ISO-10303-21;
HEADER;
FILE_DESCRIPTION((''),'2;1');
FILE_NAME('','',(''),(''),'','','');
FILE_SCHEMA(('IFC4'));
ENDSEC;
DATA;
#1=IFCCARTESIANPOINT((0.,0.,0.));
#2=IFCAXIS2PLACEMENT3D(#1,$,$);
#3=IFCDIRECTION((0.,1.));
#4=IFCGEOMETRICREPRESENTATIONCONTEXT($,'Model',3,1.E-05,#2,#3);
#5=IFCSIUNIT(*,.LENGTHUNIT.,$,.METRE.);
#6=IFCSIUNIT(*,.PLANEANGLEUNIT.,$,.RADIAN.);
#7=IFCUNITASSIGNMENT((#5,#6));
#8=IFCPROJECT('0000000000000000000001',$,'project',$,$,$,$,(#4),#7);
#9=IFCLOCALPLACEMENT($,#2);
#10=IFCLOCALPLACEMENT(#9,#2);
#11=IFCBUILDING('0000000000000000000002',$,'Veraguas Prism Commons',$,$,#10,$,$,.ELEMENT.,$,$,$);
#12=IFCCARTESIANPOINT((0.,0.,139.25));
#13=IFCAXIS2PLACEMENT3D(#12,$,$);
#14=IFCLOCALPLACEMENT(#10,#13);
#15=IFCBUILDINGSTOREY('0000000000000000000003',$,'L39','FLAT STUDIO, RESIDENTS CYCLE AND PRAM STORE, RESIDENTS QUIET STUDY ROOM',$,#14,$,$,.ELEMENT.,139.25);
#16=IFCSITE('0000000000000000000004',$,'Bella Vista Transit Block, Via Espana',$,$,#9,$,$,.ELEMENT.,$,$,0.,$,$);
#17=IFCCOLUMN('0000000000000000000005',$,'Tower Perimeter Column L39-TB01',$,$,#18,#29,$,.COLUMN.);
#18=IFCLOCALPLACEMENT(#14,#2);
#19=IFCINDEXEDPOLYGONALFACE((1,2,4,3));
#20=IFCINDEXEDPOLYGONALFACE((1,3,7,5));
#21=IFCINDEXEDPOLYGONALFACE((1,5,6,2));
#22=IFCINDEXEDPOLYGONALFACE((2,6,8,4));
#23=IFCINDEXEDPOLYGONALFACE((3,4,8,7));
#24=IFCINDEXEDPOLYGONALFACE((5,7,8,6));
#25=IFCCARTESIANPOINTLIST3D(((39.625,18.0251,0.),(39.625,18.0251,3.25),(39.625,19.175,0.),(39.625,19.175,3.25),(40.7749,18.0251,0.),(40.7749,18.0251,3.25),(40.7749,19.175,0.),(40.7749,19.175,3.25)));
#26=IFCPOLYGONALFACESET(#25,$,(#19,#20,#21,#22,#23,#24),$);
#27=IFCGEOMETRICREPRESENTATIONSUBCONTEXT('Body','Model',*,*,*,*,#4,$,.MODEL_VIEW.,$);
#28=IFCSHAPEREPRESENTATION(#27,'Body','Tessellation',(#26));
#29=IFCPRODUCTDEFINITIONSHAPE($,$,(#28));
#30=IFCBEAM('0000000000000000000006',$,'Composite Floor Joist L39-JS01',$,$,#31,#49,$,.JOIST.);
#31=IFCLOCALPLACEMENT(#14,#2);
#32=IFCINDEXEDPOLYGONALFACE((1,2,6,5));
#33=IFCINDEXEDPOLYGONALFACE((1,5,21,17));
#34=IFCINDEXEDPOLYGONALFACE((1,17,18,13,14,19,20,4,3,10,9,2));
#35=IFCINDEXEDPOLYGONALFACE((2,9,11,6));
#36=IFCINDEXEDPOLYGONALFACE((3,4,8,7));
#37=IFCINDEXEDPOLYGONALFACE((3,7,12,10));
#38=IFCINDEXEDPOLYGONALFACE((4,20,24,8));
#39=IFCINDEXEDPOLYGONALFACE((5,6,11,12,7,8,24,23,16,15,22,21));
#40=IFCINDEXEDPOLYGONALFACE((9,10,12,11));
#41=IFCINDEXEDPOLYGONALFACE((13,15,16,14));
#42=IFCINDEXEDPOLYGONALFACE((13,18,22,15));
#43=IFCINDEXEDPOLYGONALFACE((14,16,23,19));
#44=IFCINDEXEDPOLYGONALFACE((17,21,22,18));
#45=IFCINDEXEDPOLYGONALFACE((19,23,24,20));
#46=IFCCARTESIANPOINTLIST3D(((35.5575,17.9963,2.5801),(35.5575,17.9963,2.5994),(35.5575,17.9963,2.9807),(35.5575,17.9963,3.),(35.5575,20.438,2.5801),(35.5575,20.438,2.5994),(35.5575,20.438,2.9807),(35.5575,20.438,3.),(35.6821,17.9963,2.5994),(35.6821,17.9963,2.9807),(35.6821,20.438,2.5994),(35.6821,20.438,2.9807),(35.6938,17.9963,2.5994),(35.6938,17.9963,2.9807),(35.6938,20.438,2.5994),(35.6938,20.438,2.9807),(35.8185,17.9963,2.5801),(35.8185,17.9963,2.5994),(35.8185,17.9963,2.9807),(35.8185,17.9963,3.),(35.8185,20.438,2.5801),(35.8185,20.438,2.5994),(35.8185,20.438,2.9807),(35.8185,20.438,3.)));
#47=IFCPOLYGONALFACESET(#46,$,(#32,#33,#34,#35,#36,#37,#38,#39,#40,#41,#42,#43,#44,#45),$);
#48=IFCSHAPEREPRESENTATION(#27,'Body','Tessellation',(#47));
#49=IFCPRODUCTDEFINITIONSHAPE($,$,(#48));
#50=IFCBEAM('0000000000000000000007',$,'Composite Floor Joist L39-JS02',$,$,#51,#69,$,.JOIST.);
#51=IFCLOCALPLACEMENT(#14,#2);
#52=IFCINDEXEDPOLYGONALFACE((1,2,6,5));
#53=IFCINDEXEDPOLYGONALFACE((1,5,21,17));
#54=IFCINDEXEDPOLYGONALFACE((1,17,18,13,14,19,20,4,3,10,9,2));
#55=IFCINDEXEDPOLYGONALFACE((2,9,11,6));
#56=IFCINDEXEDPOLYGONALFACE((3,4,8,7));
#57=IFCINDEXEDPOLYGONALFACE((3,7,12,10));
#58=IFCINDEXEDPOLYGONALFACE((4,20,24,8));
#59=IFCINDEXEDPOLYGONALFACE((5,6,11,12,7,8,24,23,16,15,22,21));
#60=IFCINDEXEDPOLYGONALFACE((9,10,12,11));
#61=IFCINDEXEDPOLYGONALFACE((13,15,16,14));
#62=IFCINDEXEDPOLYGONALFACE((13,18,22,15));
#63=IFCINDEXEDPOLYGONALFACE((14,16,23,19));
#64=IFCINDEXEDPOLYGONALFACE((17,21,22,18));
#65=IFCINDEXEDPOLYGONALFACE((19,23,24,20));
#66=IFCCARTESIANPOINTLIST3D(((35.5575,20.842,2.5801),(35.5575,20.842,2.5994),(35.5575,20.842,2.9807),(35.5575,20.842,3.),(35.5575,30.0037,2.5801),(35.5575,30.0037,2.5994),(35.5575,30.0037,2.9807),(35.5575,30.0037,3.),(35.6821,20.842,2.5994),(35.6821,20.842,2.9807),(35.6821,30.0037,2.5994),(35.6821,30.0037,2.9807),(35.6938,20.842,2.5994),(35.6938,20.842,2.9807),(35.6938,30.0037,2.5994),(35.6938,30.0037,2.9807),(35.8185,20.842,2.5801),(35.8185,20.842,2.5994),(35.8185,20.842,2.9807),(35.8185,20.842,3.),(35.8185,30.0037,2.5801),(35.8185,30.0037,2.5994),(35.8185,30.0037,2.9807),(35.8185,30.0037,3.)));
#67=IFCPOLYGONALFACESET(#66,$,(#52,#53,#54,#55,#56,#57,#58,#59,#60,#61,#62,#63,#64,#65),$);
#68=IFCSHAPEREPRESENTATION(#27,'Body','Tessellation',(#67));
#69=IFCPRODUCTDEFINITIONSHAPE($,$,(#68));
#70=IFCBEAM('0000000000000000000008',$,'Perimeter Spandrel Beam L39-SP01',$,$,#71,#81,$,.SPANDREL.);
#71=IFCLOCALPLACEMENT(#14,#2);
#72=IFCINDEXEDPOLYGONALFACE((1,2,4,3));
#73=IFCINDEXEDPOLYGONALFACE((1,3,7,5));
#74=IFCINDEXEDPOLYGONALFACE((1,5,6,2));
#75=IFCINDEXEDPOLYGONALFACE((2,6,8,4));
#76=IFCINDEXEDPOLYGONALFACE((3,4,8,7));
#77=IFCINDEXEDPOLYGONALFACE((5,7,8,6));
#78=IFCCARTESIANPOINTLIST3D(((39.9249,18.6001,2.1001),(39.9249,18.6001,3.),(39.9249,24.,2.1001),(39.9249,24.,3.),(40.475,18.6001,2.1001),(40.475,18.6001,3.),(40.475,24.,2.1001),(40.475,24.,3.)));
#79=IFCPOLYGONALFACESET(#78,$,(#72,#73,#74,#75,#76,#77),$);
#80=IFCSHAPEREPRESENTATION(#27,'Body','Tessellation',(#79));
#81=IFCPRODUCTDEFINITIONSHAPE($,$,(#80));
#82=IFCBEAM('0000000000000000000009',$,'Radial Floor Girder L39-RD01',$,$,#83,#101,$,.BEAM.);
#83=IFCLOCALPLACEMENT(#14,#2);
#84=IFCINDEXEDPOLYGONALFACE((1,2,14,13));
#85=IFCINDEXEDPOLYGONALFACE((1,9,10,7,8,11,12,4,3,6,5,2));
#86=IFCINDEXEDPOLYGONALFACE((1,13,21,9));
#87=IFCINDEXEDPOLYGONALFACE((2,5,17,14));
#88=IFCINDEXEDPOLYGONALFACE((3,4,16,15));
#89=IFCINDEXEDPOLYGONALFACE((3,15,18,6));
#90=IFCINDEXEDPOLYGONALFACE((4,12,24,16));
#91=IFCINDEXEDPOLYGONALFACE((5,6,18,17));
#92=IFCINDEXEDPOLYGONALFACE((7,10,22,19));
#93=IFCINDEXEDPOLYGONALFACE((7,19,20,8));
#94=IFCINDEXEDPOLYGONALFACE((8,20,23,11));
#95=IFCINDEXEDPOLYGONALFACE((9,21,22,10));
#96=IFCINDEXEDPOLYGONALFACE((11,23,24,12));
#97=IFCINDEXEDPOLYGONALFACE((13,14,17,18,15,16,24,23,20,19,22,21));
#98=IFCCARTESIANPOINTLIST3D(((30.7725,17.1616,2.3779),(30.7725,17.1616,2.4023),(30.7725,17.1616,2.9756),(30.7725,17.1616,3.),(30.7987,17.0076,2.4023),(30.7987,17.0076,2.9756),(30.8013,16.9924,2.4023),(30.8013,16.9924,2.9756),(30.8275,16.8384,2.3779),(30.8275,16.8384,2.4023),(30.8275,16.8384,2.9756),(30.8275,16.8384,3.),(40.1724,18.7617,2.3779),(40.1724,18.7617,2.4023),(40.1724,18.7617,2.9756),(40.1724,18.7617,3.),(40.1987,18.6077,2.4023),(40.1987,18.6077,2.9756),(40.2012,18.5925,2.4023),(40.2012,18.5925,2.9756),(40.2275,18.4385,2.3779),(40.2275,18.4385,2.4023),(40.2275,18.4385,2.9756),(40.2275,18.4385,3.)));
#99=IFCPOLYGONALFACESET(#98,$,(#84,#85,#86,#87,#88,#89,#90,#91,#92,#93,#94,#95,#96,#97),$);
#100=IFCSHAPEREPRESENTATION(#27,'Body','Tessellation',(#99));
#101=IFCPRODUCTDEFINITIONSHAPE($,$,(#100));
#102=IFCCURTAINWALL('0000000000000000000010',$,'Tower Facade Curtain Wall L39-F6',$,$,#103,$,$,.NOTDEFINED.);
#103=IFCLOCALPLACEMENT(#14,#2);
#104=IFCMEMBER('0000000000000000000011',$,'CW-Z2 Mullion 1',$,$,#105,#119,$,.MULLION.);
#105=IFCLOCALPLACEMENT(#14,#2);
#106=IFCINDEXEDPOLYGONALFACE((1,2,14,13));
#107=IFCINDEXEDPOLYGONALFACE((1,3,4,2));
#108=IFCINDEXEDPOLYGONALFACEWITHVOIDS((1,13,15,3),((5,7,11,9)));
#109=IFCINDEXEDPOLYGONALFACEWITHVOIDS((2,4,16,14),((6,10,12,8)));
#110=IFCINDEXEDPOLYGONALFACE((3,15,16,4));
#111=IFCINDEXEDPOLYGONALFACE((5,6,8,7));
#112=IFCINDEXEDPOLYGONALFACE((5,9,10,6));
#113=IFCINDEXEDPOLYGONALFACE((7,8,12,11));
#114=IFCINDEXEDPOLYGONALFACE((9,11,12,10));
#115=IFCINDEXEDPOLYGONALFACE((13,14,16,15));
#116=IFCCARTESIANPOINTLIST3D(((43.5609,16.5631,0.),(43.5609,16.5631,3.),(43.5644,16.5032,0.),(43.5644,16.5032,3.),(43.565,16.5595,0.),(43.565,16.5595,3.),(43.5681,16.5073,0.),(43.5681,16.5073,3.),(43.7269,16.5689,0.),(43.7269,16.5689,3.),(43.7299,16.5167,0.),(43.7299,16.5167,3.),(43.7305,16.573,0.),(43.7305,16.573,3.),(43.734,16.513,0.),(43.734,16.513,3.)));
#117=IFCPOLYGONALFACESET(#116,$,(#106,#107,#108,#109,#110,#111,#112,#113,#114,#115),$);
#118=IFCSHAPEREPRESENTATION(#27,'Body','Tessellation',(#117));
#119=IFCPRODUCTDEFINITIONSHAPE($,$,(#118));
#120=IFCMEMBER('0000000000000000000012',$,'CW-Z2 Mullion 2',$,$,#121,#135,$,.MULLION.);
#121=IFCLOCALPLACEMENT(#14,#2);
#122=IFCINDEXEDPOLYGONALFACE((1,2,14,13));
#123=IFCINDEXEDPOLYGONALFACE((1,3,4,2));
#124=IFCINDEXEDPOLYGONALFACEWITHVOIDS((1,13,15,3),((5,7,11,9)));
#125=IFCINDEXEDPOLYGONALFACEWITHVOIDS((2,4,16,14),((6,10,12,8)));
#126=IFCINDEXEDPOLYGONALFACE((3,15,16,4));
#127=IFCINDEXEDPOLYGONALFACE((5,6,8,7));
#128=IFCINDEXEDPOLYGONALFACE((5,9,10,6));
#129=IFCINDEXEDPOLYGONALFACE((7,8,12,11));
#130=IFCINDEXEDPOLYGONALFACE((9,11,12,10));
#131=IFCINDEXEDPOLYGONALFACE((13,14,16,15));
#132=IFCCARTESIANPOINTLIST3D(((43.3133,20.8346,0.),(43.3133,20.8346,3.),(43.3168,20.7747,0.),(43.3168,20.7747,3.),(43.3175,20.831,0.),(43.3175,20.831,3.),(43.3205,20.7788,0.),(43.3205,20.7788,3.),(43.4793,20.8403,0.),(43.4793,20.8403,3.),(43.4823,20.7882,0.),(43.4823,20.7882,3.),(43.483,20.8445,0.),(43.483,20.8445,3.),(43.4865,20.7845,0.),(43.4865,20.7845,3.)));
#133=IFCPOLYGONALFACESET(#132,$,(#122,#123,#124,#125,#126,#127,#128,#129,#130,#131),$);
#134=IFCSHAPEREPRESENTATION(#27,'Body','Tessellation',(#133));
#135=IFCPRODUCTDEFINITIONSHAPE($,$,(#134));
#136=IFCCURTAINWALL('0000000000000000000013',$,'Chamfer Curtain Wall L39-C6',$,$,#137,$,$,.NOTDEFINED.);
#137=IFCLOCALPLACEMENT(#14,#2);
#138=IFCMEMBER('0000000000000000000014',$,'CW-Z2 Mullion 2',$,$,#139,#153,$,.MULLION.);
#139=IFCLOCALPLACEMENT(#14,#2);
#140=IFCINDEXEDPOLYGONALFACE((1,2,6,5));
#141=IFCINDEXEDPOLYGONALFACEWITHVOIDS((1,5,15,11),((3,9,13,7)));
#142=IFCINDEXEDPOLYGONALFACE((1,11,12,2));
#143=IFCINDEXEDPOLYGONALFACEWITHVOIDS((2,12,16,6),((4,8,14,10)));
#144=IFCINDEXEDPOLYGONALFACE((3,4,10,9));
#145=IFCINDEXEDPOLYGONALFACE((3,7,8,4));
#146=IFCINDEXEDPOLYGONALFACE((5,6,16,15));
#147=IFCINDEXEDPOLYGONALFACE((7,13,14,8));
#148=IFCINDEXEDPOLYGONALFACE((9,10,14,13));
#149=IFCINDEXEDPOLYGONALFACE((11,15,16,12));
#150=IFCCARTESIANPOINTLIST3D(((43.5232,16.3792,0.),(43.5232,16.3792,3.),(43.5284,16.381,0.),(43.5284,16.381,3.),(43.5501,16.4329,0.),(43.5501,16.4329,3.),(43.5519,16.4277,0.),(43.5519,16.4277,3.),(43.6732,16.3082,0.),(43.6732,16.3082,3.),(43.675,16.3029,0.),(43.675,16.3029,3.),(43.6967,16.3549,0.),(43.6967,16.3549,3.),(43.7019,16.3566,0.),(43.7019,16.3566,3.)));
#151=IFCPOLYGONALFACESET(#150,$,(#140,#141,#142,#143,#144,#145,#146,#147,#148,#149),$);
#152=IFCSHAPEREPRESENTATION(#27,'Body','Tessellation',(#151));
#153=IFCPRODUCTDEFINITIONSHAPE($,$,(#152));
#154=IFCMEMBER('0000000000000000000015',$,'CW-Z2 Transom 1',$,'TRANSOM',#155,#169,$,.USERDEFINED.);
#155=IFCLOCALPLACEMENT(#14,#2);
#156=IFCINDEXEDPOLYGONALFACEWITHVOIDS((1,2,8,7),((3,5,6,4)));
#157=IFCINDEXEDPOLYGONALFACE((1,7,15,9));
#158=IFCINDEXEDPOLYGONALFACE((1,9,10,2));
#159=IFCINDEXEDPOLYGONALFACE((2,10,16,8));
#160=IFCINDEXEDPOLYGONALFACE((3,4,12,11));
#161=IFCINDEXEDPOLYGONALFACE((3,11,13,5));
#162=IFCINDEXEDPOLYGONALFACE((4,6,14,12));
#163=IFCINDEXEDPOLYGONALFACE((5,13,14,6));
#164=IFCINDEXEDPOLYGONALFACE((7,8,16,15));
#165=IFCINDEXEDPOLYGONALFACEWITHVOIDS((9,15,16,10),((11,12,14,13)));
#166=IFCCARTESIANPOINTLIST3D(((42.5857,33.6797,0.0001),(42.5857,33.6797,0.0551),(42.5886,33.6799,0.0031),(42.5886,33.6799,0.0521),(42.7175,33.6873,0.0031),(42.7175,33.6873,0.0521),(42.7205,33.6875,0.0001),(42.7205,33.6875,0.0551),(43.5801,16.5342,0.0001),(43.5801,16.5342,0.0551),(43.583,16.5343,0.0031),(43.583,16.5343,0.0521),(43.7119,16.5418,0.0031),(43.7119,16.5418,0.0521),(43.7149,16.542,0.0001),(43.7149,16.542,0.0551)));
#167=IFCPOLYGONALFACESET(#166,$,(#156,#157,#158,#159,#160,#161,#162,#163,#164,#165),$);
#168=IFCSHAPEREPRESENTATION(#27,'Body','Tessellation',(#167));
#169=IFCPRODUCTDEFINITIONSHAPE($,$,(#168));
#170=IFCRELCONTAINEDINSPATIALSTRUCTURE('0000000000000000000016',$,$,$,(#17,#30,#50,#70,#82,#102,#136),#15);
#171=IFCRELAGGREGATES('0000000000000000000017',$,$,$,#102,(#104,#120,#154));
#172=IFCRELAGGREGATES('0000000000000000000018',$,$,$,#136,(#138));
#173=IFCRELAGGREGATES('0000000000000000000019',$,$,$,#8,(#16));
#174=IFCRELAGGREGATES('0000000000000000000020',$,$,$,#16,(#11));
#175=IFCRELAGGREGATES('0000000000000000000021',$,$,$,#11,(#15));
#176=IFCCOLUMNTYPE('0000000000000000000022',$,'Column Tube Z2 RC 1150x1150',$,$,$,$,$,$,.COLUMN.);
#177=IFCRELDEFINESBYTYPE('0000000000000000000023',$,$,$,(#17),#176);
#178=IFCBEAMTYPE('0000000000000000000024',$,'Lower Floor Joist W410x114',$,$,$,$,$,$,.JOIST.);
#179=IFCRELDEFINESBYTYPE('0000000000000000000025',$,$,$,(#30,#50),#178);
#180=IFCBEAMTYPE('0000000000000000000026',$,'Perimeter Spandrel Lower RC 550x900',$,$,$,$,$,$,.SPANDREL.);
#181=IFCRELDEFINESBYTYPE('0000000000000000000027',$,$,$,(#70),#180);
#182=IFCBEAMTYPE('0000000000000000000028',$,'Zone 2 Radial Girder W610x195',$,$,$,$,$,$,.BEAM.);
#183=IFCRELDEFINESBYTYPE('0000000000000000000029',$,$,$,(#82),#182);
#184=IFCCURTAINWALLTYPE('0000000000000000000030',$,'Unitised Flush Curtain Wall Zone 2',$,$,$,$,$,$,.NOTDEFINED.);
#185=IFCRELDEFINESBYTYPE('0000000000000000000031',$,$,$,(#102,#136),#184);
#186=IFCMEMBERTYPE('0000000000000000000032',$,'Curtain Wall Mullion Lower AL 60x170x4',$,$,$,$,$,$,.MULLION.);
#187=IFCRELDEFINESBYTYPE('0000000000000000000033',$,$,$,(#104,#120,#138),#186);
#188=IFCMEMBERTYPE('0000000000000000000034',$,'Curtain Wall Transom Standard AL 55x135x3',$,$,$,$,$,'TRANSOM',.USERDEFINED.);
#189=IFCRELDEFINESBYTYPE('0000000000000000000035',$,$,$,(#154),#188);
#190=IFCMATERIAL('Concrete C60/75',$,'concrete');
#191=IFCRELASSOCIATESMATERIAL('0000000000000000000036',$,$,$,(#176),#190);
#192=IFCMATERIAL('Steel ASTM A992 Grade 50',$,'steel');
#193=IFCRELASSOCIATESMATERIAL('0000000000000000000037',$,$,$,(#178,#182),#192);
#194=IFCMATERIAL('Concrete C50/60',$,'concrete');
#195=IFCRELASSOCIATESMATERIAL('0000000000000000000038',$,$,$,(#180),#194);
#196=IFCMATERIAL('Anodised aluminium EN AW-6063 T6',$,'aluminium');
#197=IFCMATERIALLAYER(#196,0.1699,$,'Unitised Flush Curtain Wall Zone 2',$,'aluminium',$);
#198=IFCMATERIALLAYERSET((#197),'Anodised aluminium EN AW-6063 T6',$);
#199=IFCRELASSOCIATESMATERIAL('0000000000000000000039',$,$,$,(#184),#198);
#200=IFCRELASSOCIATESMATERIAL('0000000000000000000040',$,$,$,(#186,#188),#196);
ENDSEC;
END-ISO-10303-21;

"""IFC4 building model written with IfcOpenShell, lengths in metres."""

from ifc_helpers import new_model, si_unit, direction, frame, origin, origin_2d, place, context, subcontext, project, spatial, rectangle, hollow_rectangle, i_section, extrude, source, transform, mapped, material, layer, layer_set, material_profile, profile_set, type_object, element, aggregate, save


model = new_model("IFC4")

# Units and contexts
model_context = context("Model", 3, precision=1e-05, world=origin(), true_north=direction((0.0, 1.0)))
body_context = subcontext(model_context, "Body", "Model", "MODEL_VIEW")
ifc_project = project(units=[si_unit("LENGTHUNIT", "METRE"), si_unit("PLANEANGLEUNIT", "RADIAN")], contexts=[model_context])

# Site, building, storey
site_placement = place(None, origin())
site = spatial("IfcSite", under=ifc_project, at=site_placement, Name="Bella Vista Transit Block, Via Espana", CompositionType="ELEMENT", RefElevation=0.0)
building_placement = place(site_placement, origin())
building = spatial("IfcBuilding", under=site, at=building_placement, Name="Veraguas Prism Commons", CompositionType="ELEMENT")
storey_placement = place(building_placement, frame((0.0, 0.0, 139.25)))
storey = spatial("IfcBuildingStorey", under=building, at=storey_placement, Name="L39", Description="FLAT STUDIO, RESIDENTS CYCLE AND PRAM STORE, RESIDENTS QUIET STUDY ROOM", CompositionType="ELEMENT", Elevation=139.25)

# Column
ifc_material_1 = material(Name="Concrete C60/75", Category="concrete")
ifc_material_profile_1 = material_profile(ifc_material_1, rectangle(XDim=1.1499, YDim=1.1499, at=origin_2d()), Name="RC1150X1150")
ifc_profile_set_1 = profile_set([ifc_material_profile_1], Name="Concrete C60/75")
column_type = type_object("IfcColumnType", Name="Column Tube Z2 RC 1150x1150", PredefinedType="COLUMN", material=ifc_profile_set_1)
column_placement = place(storey_placement, frame((40.2, 18.6001, 0.0), z_axis=(0.0, 0.0, 1.0), x_axis=(1.0, 0.0, 0.0)))
element("IfcColumn", 1, at=column_placement, inside=storey, type_object=column_type, Name="Tower Perimeter Column L39-TB01", PredefinedType="COLUMN", context=body_context, shape_type="SweptSolid", body=[
    extrude(rectangle(XDim=1.1499, YDim=1.1499, at=origin_2d()), origin(), (0.0, 0.0, 1.0), 3.25),
])

# Beams
ifc_material_2 = material(Name="Steel ASTM A992 Grade 50", Category="steel")
ifc_material_profile_2 = material_profile(ifc_material_2, i_section(OverallWidth=0.261, OverallDepth=0.4199, WebThickness=0.0117, FlangeThickness=0.0193, at=origin_2d()), Name="W410X114")
ifc_profile_set_2 = profile_set([ifc_material_profile_2], Name="Steel ASTM A992 Grade 50")
beam_type_1 = type_object("IfcBeamType", Name="Lower Floor Joist W410x114", PredefinedType="JOIST", material=ifc_profile_set_2)
beam_1_placement = place(storey_placement, frame((35.688, 17.9963, 2.79), z_axis=(0.0, 1.0, 0.0), x_axis=(-1.0, 0.0, 0.0)))
element("IfcBeam", 2, at=beam_1_placement, inside=storey, type_object=beam_type_1, Name="Composite Floor Joist L39-JS01", PredefinedType="JOIST", context=body_context, shape_type="SweptSolid", body=[
    extrude(i_section(OverallWidth=0.261, OverallDepth=0.4199, WebThickness=0.0117, FlangeThickness=0.0193, at=origin_2d()), origin(), (0.0, 0.0, 1.0), 2.4417),
])
beam_2_placement = place(storey_placement, frame((35.688, 20.842, 2.79), z_axis=(0.0, 1.0, 0.0), x_axis=(-1.0, 0.0, 0.0)))
element("IfcBeam", 3, at=beam_2_placement, inside=storey, type_object=beam_type_1, Name="Composite Floor Joist L39-JS02", PredefinedType="JOIST", context=body_context, shape_type="SweptSolid", body=[
    extrude(i_section(OverallWidth=0.261, OverallDepth=0.4199, WebThickness=0.0117, FlangeThickness=0.0193, at=origin_2d()), origin(), (0.0, 0.0, 1.0), 9.1616),
])
ifc_material_3 = material(Name="Concrete C50/60", Category="concrete")
ifc_material_profile_3 = material_profile(ifc_material_3, rectangle(XDim=0.55, YDim=0.8999, at=origin_2d()), Name="RC550X900")
ifc_profile_set_3 = profile_set([ifc_material_profile_3], Name="Concrete C50/60")
beam_type_2 = type_object("IfcBeamType", Name="Perimeter Spandrel Lower RC 550x900", PredefinedType="SPANDREL", material=ifc_profile_set_3)
beam_3_placement = place(storey_placement, frame((40.2, 18.6001, 2.55), z_axis=(0.0, 1.0, 0.0), x_axis=(-1.0, 0.0, 0.0)))
element("IfcBeam", 4, at=beam_3_placement, inside=storey, type_object=beam_type_2, Name="Perimeter Spandrel Beam L39-SP01", PredefinedType="SPANDREL", context=body_context, shape_type="SweptSolid", body=[
    extrude(rectangle(XDim=0.55, YDim=0.8999, at=origin_2d()), origin(), (0.0, 0.0, 1.0), 5.3999),
])
ifc_material_profile_4 = material_profile(ifc_material_2, i_section(OverallWidth=0.3279, OverallDepth=0.6221, WebThickness=0.0154, FlangeThickness=0.0244, at=origin_2d()), Name="W610X195")
ifc_profile_set_4 = profile_set([ifc_material_profile_4], Name="Steel ASTM A992 Grade 50")
beam_type_3 = type_object("IfcBeamType", Name="Zone 2 Radial Girder W610x195", PredefinedType="BEAM", material=ifc_profile_set_4)
beam_4_placement = place(storey_placement, frame((40.2, 18.6001, 2.689), z_axis=(-0.985819, -0.167811, 0.0), x_axis=(0.167811, -0.985819, 0.0)))
element("IfcBeam", 5, at=beam_4_placement, inside=storey, type_object=beam_type_3, Name="Radial Floor Girder L39-RD01", PredefinedType="BEAM", context=body_context, shape_type="SweptSolid", body=[
    extrude(i_section(OverallWidth=0.3279, OverallDepth=0.6221, WebThickness=0.0154, FlangeThickness=0.0244, at=origin_2d()), origin(), (0.0, 0.0, 1.0), 9.5352),
])

# Curtain wall, members
ifc_material_4 = material(Name="Anodised aluminium EN AW-6063 T6", Category="aluminium")
ifc_layer_1 = layer(ifc_material_4, 0.1699, Name="Unitised Flush Curtain Wall Zone 2", Category="aluminium")
ifc_layer_set_1 = layer_set([ifc_layer_1], Name="Anodised aluminium EN AW-6063 T6")
curtain_wall_type = type_object("IfcCurtainWallType", Name="Unitised Flush Curtain Wall Zone 2", PredefinedType="NOTDEFINED", material=ifc_layer_set_1)
curtain_wall_1_placement = place(storey_placement, origin())
curtain_wall_1 = element("IfcCurtainWall", 6, at=curtain_wall_1_placement, inside=storey, type_object=curtain_wall_type, Name="Tower Facade Curtain Wall L39-F6", PredefinedType="NOTDEFINED")
ifc_material_profile_5 = material_profile(ifc_material_4, hollow_rectangle(XDim=0.0601, YDim=0.1699, WallThickness=0.0039, at=origin_2d()), Name="AL60X170X4")
ifc_profile_set_5 = profile_set([ifc_material_profile_5], Name="Anodised aluminium EN AW-6063 T6")
member_type_1 = type_object("IfcMemberType", Name="Curtain Wall Mullion Lower AL 60x170x4", PredefinedType="MULLION", material=ifc_profile_set_5)
shared_shape_1 = source(origin(), body_context, "Body", "SweptSolid", [
    extrude(hollow_rectangle(XDim=0.0601, YDim=0.1699, WallThickness=0.0039, at=origin_2d()), origin(), (0.0, 0.0, 1.0), 3.0),
])
member_1_placement = place(storey_placement, frame((43.6475, 16.5381, 0.0), z_axis=(0.0, 0.0, 1.0), x_axis=(-0.057907, 0.998322, 0.0)))
member_1 = element("IfcMember", 7, at=member_1_placement, type_object=member_type_1, Name="CW-Z2 Mullion 1", PredefinedType="MULLION", context=body_context, shape_type="MappedRepresentation", body=[
    mapped(shared_shape_1, transform((0.0, 0.0, 0.0), scale=1.0)),
])
member_2_placement = place(storey_placement, frame((43.3999, 20.8096, 0.0), z_axis=(0.0, 0.0, 1.0), x_axis=(-0.057907, 0.998322, 0.0)))
member_2 = element("IfcMember", 8, at=member_2_placement, type_object=member_type_1, Name="CW-Z2 Mullion 2", PredefinedType="MULLION", context=body_context, shape_type="MappedRepresentation", body=[
    mapped(shared_shape_1, transform((0.0, 0.0, 0.0), scale=1.0)),
])

# Curtain wall, member
curtain_wall_2_placement = place(storey_placement, origin())
curtain_wall_2 = element("IfcCurtainWall", 9, at=curtain_wall_2_placement, inside=storey, type_object=curtain_wall_type, Name="Chamfer Curtain Wall L39-C6", PredefinedType="NOTDEFINED")
member_3_placement = place(storey_placement, frame((43.6125, 16.3679, 0.0), z_axis=(0.0, 0.0, 1.0), x_axis=(0.449018, 0.893523, 0.0)))
member_3 = element("IfcMember", 10, at=member_3_placement, type_object=member_type_1, Name="CW-Z2 Mullion 2", PredefinedType="MULLION", context=body_context, shape_type="MappedRepresentation", body=[
    mapped(shared_shape_1, transform((0.0, 0.0, 0.0), scale=1.0)),
])

# Member
ifc_material_profile_6 = material_profile(ifc_material_4, hollow_rectangle(XDim=0.0549, YDim=0.135, WallThickness=0.0029, at=origin_2d()), Name="AL55X135X3")
ifc_profile_set_6 = profile_set([ifc_material_profile_6], Name="Anodised aluminium EN AW-6063 T6")
member_type_2 = type_object("IfcMemberType", Name="Curtain Wall Transom Standard AL 55x135x3", ElementType="TRANSOM", PredefinedType="USERDEFINED", material=ifc_profile_set_6)
shared_shape_2 = source(origin(), body_context, "Body", "SweptSolid", [
    extrude(hollow_rectangle(XDim=0.0549, YDim=0.135, WallThickness=0.0029, at=origin_2d()), origin(), (0.0, 0.0, 1.0), 17.1743),
])
member_4_placement = place(storey_placement, frame((43.6475, 16.5381, 0.0276), z_axis=(-0.0579, 0.998322, 0.0), x_axis=(0.0, 0.0, 1.0)))
member_4 = element("IfcMember", 11, at=member_4_placement, type_object=member_type_2, Name="CW-Z2 Transom 1", ObjectType="TRANSOM", PredefinedType="USERDEFINED", context=body_context, shape_type="MappedRepresentation", body=[
    mapped(shared_shape_2, transform((0.0, 0.0, 0.0), scale=1.0)),
])

aggregate(curtain_wall_1, [member_1, member_2, member_4])
aggregate(curtain_wall_2, [member_3])

save(model, "model.ifc")
